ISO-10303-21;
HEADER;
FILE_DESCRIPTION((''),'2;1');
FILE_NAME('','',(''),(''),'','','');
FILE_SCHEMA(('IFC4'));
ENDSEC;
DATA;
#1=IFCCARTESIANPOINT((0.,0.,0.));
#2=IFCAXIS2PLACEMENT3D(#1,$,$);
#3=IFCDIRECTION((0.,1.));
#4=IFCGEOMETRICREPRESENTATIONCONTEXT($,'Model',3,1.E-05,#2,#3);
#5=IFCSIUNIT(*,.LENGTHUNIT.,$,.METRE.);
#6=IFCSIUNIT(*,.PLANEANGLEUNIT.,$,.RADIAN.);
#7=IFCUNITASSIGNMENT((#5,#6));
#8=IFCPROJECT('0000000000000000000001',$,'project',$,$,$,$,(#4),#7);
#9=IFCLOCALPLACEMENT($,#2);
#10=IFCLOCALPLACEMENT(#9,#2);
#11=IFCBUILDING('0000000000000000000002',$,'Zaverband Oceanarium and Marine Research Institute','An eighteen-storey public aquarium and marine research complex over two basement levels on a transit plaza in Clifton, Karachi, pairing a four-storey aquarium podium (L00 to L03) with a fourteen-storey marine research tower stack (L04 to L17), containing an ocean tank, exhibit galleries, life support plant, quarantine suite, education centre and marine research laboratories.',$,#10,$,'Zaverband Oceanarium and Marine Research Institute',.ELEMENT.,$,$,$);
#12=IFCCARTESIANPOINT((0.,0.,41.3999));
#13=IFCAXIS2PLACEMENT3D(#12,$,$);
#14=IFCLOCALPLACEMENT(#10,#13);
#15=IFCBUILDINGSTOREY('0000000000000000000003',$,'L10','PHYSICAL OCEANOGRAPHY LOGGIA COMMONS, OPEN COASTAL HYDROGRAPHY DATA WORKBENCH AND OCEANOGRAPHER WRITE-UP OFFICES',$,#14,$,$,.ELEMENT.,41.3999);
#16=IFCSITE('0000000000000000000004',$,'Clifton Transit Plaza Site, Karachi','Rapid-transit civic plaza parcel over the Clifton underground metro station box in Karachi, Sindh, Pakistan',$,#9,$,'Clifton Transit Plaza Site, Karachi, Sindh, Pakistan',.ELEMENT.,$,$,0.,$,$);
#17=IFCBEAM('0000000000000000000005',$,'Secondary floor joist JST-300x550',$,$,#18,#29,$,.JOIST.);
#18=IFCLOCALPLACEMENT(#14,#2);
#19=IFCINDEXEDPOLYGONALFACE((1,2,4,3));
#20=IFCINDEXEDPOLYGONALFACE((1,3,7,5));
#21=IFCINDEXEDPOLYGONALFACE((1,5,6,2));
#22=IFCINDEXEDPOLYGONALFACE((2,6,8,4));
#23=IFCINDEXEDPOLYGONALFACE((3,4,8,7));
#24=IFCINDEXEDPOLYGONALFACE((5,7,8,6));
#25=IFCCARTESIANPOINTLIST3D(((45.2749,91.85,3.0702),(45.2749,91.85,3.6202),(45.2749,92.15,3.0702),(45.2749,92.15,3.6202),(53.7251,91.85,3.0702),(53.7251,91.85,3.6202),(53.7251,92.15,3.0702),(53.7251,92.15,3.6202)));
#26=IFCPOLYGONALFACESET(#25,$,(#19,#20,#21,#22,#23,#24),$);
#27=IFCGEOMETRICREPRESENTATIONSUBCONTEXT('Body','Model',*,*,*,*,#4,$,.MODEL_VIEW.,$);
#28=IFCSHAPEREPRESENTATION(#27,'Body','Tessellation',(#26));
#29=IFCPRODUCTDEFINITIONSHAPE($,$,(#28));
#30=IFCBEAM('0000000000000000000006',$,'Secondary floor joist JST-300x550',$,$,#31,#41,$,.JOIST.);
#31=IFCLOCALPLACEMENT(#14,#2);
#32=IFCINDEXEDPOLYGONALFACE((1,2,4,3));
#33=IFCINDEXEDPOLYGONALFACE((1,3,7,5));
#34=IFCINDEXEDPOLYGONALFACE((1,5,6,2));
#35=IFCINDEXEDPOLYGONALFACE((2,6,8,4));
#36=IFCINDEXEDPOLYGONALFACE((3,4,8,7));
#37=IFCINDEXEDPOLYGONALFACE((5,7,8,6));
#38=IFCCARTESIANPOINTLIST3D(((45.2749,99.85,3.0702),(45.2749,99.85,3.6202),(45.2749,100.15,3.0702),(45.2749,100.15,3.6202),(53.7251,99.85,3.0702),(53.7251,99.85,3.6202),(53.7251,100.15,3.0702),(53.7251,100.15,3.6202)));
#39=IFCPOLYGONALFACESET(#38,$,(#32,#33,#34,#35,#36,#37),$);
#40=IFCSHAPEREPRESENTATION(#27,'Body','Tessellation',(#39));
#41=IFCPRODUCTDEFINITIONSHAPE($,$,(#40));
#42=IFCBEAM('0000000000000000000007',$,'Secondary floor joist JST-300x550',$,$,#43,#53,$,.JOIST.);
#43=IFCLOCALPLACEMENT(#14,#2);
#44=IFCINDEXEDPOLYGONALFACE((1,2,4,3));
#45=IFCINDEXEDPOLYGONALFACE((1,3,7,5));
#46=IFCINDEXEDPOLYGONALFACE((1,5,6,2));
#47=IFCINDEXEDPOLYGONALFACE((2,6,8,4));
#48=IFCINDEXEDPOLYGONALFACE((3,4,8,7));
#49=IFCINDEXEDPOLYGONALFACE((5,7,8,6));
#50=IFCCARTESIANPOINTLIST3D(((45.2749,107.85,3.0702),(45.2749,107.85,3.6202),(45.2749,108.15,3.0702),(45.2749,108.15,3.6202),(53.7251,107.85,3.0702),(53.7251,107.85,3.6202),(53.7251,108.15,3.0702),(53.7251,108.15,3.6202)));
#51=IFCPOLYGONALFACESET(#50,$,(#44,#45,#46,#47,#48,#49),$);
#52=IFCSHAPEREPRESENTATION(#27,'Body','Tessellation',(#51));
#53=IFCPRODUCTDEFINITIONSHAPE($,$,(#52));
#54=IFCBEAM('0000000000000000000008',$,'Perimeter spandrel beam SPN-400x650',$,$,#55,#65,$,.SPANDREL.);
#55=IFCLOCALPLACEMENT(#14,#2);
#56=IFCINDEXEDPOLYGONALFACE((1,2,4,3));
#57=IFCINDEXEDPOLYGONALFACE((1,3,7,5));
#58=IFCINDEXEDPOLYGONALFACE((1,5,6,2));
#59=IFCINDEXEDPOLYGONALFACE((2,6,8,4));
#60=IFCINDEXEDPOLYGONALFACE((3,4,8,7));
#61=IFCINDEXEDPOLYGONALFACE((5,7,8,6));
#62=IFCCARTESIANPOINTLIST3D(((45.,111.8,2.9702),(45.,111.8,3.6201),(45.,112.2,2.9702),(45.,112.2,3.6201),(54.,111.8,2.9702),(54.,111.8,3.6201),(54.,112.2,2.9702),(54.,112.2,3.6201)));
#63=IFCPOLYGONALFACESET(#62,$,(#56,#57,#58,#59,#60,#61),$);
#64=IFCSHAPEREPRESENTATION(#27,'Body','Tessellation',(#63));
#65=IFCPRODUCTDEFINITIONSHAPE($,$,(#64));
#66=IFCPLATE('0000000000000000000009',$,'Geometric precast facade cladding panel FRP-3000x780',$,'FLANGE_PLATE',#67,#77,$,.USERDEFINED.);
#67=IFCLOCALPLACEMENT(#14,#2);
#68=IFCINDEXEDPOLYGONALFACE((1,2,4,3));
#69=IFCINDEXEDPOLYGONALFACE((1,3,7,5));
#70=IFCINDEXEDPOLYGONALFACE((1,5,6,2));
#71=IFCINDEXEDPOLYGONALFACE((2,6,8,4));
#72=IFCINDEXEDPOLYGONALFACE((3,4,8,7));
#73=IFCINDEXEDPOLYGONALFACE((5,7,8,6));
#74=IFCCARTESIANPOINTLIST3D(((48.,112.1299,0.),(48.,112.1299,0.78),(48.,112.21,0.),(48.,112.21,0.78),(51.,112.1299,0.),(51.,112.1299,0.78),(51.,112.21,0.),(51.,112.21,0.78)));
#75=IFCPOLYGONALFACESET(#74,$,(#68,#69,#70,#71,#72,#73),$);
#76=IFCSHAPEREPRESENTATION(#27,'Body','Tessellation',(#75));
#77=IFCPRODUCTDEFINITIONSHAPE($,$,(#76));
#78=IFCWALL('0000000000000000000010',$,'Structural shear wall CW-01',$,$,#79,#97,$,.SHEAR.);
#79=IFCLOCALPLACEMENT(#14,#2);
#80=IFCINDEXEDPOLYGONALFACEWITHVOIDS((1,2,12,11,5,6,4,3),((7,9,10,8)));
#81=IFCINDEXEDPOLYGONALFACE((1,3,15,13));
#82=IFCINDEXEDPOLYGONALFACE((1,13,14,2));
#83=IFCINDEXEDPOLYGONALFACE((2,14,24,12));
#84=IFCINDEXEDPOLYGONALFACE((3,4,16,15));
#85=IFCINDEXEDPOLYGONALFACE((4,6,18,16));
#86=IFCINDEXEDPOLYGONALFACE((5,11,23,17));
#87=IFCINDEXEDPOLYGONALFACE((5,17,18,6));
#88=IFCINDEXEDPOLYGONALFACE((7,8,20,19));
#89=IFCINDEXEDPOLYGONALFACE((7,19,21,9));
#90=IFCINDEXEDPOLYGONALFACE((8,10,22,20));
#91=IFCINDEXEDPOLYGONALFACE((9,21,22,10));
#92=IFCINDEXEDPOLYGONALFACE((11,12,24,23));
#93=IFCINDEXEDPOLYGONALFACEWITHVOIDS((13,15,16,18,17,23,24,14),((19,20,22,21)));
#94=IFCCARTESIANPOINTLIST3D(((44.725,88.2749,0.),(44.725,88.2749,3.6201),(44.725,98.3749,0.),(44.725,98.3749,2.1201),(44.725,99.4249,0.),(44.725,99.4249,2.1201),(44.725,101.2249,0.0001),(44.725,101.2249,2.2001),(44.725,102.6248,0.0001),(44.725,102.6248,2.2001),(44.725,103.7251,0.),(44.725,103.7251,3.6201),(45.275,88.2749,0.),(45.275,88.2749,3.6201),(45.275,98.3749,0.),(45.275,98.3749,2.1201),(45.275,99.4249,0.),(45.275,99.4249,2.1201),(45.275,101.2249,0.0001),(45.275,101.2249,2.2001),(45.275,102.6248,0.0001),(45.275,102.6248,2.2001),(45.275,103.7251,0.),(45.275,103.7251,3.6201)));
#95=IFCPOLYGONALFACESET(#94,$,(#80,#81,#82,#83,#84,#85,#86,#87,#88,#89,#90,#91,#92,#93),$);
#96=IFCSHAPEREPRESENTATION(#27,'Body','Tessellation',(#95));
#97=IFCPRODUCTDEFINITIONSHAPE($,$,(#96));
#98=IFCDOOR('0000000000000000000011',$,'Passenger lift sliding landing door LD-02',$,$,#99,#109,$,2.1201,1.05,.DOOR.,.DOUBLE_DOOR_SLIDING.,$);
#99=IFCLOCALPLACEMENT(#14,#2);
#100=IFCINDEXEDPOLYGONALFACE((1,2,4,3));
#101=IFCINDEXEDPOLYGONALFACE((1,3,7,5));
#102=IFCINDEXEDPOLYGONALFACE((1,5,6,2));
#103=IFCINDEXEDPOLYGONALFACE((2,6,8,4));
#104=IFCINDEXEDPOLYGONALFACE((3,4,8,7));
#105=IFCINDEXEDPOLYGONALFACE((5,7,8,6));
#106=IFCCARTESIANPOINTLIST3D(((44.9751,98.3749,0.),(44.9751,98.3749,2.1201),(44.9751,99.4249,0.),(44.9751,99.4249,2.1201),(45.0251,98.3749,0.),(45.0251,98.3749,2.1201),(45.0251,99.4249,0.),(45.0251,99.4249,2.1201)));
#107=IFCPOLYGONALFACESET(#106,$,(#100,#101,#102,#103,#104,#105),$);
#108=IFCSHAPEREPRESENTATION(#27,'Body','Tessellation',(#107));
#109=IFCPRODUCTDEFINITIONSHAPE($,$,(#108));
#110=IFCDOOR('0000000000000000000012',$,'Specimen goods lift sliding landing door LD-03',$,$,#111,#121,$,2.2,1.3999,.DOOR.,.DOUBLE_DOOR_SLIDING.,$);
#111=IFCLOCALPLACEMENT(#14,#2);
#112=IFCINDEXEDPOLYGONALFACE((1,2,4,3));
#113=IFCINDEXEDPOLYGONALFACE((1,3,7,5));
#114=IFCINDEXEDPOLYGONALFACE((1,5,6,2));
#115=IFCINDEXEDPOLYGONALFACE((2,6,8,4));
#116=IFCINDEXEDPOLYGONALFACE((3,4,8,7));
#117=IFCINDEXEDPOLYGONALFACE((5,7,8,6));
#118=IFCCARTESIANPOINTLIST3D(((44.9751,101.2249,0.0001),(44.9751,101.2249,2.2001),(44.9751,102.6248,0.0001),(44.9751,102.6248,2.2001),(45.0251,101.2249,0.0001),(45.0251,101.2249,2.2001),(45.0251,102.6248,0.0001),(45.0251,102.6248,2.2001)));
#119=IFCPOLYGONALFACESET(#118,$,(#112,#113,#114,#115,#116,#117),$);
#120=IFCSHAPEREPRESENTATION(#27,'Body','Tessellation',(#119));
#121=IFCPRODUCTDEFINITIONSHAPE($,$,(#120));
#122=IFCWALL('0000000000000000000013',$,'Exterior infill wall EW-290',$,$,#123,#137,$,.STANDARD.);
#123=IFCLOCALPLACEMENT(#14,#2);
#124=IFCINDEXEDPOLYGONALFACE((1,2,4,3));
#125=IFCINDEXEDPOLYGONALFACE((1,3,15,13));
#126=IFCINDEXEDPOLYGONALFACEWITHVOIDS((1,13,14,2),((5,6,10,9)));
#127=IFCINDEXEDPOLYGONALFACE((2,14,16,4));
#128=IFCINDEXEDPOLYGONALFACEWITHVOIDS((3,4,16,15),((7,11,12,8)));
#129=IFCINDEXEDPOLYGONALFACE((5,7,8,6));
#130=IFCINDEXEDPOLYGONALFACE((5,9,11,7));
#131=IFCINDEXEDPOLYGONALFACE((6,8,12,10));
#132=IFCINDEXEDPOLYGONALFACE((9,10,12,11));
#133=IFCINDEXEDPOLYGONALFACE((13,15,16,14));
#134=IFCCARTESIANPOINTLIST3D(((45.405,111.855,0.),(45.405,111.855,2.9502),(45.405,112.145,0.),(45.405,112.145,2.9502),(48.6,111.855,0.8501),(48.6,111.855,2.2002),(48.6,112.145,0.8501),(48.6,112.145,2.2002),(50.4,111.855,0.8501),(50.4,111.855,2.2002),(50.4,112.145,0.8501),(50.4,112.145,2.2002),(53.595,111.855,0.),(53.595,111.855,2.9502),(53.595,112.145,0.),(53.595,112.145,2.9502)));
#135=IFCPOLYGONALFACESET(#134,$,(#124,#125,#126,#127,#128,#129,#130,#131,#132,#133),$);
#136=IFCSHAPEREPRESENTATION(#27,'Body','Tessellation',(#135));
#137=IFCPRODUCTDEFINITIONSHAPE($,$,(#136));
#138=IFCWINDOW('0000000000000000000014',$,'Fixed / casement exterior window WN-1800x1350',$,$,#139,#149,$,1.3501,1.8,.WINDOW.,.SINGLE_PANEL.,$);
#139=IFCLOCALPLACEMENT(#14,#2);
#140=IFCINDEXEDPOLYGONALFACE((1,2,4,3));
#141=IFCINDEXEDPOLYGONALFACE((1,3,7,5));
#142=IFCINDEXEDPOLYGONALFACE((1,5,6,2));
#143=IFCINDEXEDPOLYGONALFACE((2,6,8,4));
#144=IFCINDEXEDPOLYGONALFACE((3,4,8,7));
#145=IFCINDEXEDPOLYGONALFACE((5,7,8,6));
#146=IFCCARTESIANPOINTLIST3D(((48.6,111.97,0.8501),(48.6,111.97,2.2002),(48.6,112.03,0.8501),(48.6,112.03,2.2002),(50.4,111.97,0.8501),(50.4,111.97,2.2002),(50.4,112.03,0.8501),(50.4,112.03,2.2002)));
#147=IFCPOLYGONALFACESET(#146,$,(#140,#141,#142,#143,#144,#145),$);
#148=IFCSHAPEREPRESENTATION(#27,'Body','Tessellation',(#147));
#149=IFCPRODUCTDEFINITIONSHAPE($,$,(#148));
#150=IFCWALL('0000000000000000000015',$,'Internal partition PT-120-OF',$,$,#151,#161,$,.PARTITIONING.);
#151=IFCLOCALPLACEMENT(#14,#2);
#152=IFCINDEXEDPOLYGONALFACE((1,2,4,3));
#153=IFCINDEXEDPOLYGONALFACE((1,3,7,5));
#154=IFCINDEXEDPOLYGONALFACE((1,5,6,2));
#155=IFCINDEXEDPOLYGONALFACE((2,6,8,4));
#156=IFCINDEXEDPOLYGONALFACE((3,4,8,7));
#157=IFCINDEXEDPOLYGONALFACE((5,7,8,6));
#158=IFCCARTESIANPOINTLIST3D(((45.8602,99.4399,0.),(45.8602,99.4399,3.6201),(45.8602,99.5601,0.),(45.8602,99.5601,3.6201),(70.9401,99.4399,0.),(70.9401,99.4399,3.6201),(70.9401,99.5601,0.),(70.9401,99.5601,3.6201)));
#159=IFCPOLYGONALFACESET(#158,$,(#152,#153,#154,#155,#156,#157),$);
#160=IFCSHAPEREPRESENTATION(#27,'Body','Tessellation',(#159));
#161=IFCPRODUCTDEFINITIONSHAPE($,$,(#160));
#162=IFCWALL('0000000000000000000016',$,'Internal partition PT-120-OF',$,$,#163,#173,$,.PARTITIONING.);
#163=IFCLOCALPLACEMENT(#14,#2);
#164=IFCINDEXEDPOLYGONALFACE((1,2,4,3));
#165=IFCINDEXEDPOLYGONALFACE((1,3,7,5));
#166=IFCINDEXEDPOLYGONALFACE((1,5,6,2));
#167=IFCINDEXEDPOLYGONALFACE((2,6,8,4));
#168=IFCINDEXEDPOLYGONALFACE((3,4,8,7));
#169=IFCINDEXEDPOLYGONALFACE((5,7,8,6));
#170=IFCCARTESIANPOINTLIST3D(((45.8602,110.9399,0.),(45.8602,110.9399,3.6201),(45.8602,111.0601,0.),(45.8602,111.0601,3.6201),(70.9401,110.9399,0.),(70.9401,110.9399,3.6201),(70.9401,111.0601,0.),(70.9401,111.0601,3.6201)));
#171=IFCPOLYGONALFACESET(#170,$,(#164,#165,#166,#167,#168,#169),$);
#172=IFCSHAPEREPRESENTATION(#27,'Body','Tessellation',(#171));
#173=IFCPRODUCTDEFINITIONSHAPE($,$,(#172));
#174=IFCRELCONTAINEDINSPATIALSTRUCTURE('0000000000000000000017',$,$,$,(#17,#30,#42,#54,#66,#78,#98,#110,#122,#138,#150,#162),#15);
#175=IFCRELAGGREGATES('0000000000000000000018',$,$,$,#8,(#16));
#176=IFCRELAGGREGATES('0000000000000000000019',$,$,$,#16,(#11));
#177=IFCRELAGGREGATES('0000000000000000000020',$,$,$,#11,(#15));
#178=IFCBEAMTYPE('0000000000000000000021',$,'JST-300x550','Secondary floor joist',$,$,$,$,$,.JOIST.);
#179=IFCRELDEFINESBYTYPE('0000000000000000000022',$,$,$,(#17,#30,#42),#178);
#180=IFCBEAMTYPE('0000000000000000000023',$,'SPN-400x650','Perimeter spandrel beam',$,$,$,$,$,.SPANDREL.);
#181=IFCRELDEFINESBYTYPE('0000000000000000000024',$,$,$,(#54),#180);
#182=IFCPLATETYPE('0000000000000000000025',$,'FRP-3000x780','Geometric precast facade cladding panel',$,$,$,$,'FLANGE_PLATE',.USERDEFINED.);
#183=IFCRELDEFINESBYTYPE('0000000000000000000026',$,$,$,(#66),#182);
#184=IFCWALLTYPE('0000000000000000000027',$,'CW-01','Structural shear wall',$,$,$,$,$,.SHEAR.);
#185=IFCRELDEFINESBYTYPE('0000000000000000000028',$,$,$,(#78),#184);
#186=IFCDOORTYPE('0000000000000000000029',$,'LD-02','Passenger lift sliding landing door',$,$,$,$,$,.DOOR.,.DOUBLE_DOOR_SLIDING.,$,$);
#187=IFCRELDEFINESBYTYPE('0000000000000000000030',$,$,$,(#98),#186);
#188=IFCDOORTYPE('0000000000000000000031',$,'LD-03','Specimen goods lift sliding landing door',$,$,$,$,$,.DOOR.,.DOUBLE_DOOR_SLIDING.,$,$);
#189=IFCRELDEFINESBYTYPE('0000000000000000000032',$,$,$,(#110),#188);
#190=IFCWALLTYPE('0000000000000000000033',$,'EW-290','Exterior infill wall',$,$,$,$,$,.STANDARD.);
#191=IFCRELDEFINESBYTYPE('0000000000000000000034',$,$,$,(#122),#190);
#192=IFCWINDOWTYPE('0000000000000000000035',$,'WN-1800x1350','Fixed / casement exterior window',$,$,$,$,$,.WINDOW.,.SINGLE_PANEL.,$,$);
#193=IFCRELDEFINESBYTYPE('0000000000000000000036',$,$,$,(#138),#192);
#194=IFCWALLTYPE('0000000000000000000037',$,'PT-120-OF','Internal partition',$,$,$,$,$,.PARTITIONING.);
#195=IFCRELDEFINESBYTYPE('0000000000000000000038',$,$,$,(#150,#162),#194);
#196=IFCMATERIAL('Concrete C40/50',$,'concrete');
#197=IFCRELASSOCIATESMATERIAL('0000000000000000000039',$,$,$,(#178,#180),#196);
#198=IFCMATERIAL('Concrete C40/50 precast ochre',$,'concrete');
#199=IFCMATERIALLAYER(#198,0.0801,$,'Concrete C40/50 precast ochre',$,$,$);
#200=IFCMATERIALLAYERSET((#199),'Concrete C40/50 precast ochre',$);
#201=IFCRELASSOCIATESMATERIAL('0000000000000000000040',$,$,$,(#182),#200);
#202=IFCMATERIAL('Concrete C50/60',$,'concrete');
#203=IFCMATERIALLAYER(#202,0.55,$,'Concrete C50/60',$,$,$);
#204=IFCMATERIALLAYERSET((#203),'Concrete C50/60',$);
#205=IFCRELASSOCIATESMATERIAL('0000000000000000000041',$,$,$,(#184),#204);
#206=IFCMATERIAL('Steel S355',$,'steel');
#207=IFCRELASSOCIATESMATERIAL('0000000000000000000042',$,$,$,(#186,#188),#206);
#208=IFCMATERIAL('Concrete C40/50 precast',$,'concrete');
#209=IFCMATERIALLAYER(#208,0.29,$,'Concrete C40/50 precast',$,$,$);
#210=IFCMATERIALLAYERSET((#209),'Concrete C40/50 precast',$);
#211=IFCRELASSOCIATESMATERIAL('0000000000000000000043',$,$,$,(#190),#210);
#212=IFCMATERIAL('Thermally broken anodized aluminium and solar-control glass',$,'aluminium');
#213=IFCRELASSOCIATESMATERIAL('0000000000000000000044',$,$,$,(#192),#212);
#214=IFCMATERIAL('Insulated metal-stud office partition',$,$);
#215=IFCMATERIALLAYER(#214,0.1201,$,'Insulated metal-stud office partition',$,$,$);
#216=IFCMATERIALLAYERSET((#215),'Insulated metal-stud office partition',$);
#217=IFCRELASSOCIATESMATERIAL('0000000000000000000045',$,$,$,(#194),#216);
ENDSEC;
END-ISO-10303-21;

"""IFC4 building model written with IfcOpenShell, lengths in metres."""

from ifc_helpers import new_model, si_unit, direction, frame, frame_2d, origin, origin_2d, place, context, subcontext, project, spatial, rectangle, extrude, material, layer, layer_set, material_profile, profile_set, type_object, element, fill, save


model = new_model("IFC4")

# Units and contexts
model_context = context("Model", 3, precision=1e-05, world=origin(), true_north=direction((0.0, 1.0)))
body_context = subcontext(model_context, "Body", "Model", "MODEL_VIEW")
ifc_project = project(units=[si_unit("LENGTHUNIT", "METRE"), si_unit("PLANEANGLEUNIT", "RADIAN")], contexts=[model_context])

# Site, building, storey
site_placement = place(None, origin())
site = spatial("IfcSite", under=ifc_project, at=site_placement, Name="Clifton Transit Plaza Site, Karachi", Description="Rapid-transit civic plaza parcel over the Clifton underground metro station box in Karachi, Sindh, Pakistan", LongName="Clifton Transit Plaza Site, Karachi, Sindh, Pakistan", CompositionType="ELEMENT", RefElevation=0.0)
building_placement = place(site_placement, origin())
building = spatial("IfcBuilding", under=site, at=building_placement, Name="Zaverband Oceanarium and Marine Research Institute", Description="An eighteen-storey public aquarium and marine research complex over two basement levels on a transit plaza in Clifton, Karachi, pairing a four-storey aquarium podium (L00 to L03) with a fourteen-storey marine research tower stack (L04 to L17), containing an ocean tank, exhibit galleries, life support plant, quarantine suite, education centre and marine research laboratories.", LongName="Zaverband Oceanarium and Marine Research Institute", CompositionType="ELEMENT")
storey_placement = place(building_placement, frame((0.0, 0.0, 41.3999)))
storey = spatial("IfcBuildingStorey", under=building, at=storey_placement, Name="L10", Description="PHYSICAL OCEANOGRAPHY LOGGIA COMMONS, OPEN COASTAL HYDROGRAPHY DATA WORKBENCH AND OCEANOGRAPHER WRITE-UP OFFICES", CompositionType="ELEMENT", Elevation=41.3999)

# Shared definitions
ifc_material_1 = material(Name="Concrete C50/60", Category="concrete")

# Shared definitions
ifc_material_2 = material(Name="Concrete C40/50", Category="concrete")

# Shared definitions
ifc_material_3 = material(Name="Steel S355", Category="steel")

# Beams
ifc_material_profile_1 = material_profile(ifc_material_2, rectangle(XDim=0.3, YDim=0.55, at=origin_2d()), Name="RC300x550")
ifc_profile_set_1 = profile_set([ifc_material_profile_1], Name="Concrete C40/50")
beam_type_1 = type_object("IfcBeamType", Name="JST-300x550", Description="Secondary floor joist", PredefinedType="JOIST", material=ifc_profile_set_1)
for number, where, z_axis, x_axis, name in (
    (1, (45.2749, 92.0, 3.3452), (1.0, 0.0, 0.0), (0.0, 1.0, 0.0), "Secondary floor joist JST-300x550"),
    (2, (45.2749, 100.0, 3.3452), (1.0, 0.0, 0.0), (0.0, 1.0, 0.0), "Secondary floor joist JST-300x550"),
    (3, (45.2749, 108.0, 3.3452), (1.0, 0.0, 0.0), (0.0, 1.0, 0.0), "Secondary floor joist JST-300x550"),
):
    element("IfcBeam", number, at=place(storey_placement, frame(where, z_axis=z_axis, x_axis=x_axis)), inside=storey, type_object=beam_type_1, Name=name, PredefinedType="JOIST", context=body_context, shape_type="SweptSolid", body=[
        extrude(rectangle(XDim=0.3, YDim=0.55, at=origin_2d()), origin(), (0.0, 0.0, 1.0), 8.4502),
    ])
ifc_material_profile_2 = material_profile(ifc_material_2, rectangle(XDim=0.3999, YDim=0.6499, at=origin_2d()), Name="RC400x650")
ifc_profile_set_2 = profile_set([ifc_material_profile_2], Name="Concrete C40/50")
beam_type_2 = type_object("IfcBeamType", Name="SPN-400x650", Description="Perimeter spandrel beam", PredefinedType="SPANDREL", material=ifc_profile_set_2)
beam_placement = place(storey_placement, frame((45.0, 112.0, 3.2952), z_axis=(1.0, 0.0, 0.0), x_axis=(0.0, 1.0, 0.0)))
element("IfcBeam", 4, at=beam_placement, inside=storey, type_object=beam_type_2, Name="Perimeter spandrel beam SPN-400x650", PredefinedType="SPANDREL", context=body_context, shape_type="SweptSolid", body=[
    extrude(rectangle(XDim=0.3999, YDim=0.6499, at=origin_2d()), origin(), (0.0, 0.0, 1.0), 9.0),
])

# Plate
ifc_material_4 = material(Name="Concrete C40/50 precast ochre", Category="concrete")
ifc_layer_1 = layer(ifc_material_4, 0.0801, Name="Concrete C40/50 precast ochre")
ifc_layer_set_1 = layer_set([ifc_layer_1], Name="Concrete C40/50 precast ochre")
plate_type = type_object("IfcPlateType", Name="FRP-3000x780", Description="Geometric precast facade cladding panel", ElementType="FLANGE_PLATE", PredefinedType="USERDEFINED", material=ifc_layer_set_1)
plate_placement = place(storey_placement, frame((48.0, 112.1699, 0.0), z_axis=(0.0, 0.0, 1.0), x_axis=(1.0, 0.0, 0.0)))
element("IfcPlate", 5, at=plate_placement, inside=storey, type_object=plate_type, Name="Geometric precast facade cladding panel FRP-3000x780", ObjectType="FLANGE_PLATE", PredefinedType="USERDEFINED", context=body_context, shape_type="SweptSolid", body=[
    extrude(rectangle(XDim=3.0, YDim=0.0801, at=frame_2d((1.5, 0.0))), origin(), (0.0, 0.0, 1.0), 0.78),
])

# Wall, openings, doors
ifc_layer_2 = layer(ifc_material_1, 0.55, Name="Concrete C50/60")
ifc_layer_set_2 = layer_set([ifc_layer_2], Name="Concrete C50/60")
wall_type_1 = type_object("IfcWallType", Name="CW-01", Description="Structural shear wall", PredefinedType="SHEAR", material=ifc_layer_set_2)
wall_1_placement = place(storey_placement, frame((45.0, 88.2749, 0.0), z_axis=(0.0, 0.0, 1.0), x_axis=(0.0, 1.0, 0.0)))
wall_1 = element("IfcWall", 6, at=wall_1_placement, inside=storey, type_object=wall_type_1, Name="Structural shear wall CW-01", PredefinedType="SHEAR", context=body_context, shape_type="SweptSolid", body=[
    extrude(rectangle(XDim=15.4502, YDim=0.55, at=frame_2d((7.7251, 0.0))), origin(), (0.0, 0.0, 1.0), 3.6201),
])
opening_1_placement = place(wall_1_placement, frame((10.1001, 0.0, 0.0)))
opening_1 = element("IfcOpeningElement", 7, at=opening_1_placement, cuts=wall_1, PredefinedType="OPENING", context=body_context, shape_type="SweptSolid", body=[
    extrude(rectangle(XDim=1.05, YDim=2.1201, at=frame_2d((0.5249, 1.0601))), frame((0.0, 0.2871, 0.0), z_axis=(0.0, -1.0, 0.0), x_axis=(1.0, 0.0, 0.0)), (0.0, 0.0, 1.0), 0.574),
])
opening_2_placement = place(wall_1_placement, frame((12.95, 0.0, 0.0)))
opening_2 = element("IfcOpeningElement", 8, at=opening_2_placement, cuts=wall_1, PredefinedType="OPENING", context=body_context, shape_type="SweptSolid", body=[
    extrude(rectangle(XDim=1.3999, YDim=2.2, at=frame_2d((0.7, 1.1001))), frame((0.0, 0.2871, 0.0), z_axis=(0.0, -1.0, 0.0), x_axis=(1.0, 0.0, 0.0)), (0.0, 0.0, 1.0), 0.574),
])
door_type_1 = type_object("IfcDoorType", Name="LD-02", Description="Passenger lift sliding landing door", OperationType="DOUBLE_DOOR_SLIDING", PredefinedType="DOOR", material=ifc_material_3)
door_1_placement = place(opening_1_placement, origin())
door_1 = element("IfcDoor", 9, at=door_1_placement, inside=storey, type_object=door_type_1, Name="Passenger lift sliding landing door LD-02", OperationType="DOUBLE_DOOR_SLIDING", OverallHeight=2.1201, OverallWidth=1.05, PredefinedType="DOOR", context=body_context, shape_type="SweptSolid", body=[
    extrude(rectangle(XDim=1.05, YDim=2.1201, at=frame_2d((0.5249, 1.0601))), frame((0.0, 0.0249, 0.0), z_axis=(0.0, -1.0, 0.0), x_axis=(1.0, 0.0, 0.0)), (0.0, 0.0, 1.0), 0.05),
])
fill(opening_1, door_1)
door_type_2 = type_object("IfcDoorType", Name="LD-03", Description="Specimen goods lift sliding landing door", OperationType="DOUBLE_DOOR_SLIDING", PredefinedType="DOOR", material=ifc_material_3)
door_2_placement = place(opening_2_placement, origin())
door_2 = element("IfcDoor", 10, at=door_2_placement, inside=storey, type_object=door_type_2, Name="Specimen goods lift sliding landing door LD-03", OperationType="DOUBLE_DOOR_SLIDING", OverallHeight=2.2, OverallWidth=1.3999, PredefinedType="DOOR", context=body_context, shape_type="SweptSolid", body=[
    extrude(rectangle(XDim=1.3999, YDim=2.2, at=frame_2d((0.7, 1.1001))), frame((0.0, 0.0249, 0.0), z_axis=(0.0, -1.0, 0.0), x_axis=(1.0, 0.0, 0.0)), (0.0, 0.0, 1.0), 0.05),
])
fill(opening_2, door_2)

# Wall, opening, window
ifc_material_5 = material(Name="Concrete C40/50 precast", Category="concrete")
ifc_layer_3 = layer(ifc_material_5, 0.29, Name="Concrete C40/50 precast")
ifc_layer_set_3 = layer_set([ifc_layer_3], Name="Concrete C40/50 precast")
wall_type_2 = type_object("IfcWallType", Name="EW-290", Description="Exterior infill wall", PredefinedType="STANDARD", material=ifc_layer_set_3)
wall_2_placement = place(storey_placement, frame((45.405, 112.0, 0.0), z_axis=(0.0, 0.0, 1.0), x_axis=(1.0, 0.0, 0.0)))
wall_2 = element("IfcWall", 11, at=wall_2_placement, inside=storey, type_object=wall_type_2, Name="Exterior infill wall EW-290", PredefinedType="STANDARD", context=body_context, shape_type="SweptSolid", body=[
    extrude(rectangle(XDim=8.1899, YDim=0.29, at=frame_2d((4.095, 0.0))), origin(), (0.0, 0.0, 1.0), 2.9502),
])
opening_3_placement = place(wall_2_placement, frame((3.1951, 0.0, 0.8501)))
opening_3 = element("IfcOpeningElement", 12, at=opening_3_placement, cuts=wall_2, PredefinedType="OPENING", context=body_context, shape_type="SweptSolid", body=[
    extrude(rectangle(XDim=1.8, YDim=1.3501, at=frame_2d((0.8999, 0.675))), frame((0.0, 0.157, 0.0), z_axis=(0.0, -1.0, 0.0), x_axis=(1.0, 0.0, 0.0)), (0.0, 0.0, 1.0), 0.314),
])
ifc_material_6 = material(Name="Thermally broken anodized aluminium and solar-control glass", Category="aluminium")
window_type = type_object("IfcWindowType", Name="WN-1800x1350", Description="Fixed / casement exterior window", PartitioningType="SINGLE_PANEL", PredefinedType="WINDOW", material=ifc_material_6)
window_placement = place(opening_3_placement, origin())
window = element("IfcWindow", 13, at=window_placement, inside=storey, type_object=window_type, Name="Fixed / casement exterior window WN-1800x1350", OverallHeight=1.3501, OverallWidth=1.8, PartitioningType="SINGLE_PANEL", PredefinedType="WINDOW", context=body_context, shape_type="SweptSolid", body=[
    extrude(rectangle(XDim=1.8, YDim=1.3501, at=frame_2d((0.8999, 0.675))), frame((0.0, 0.03, 0.0), z_axis=(0.0, -1.0, 0.0), x_axis=(1.0, 0.0, 0.0)), (0.0, 0.0, 1.0), 0.0601),
])
fill(opening_3, window)

# Walls
ifc_material_7 = material(Name="Insulated metal-stud office partition")
ifc_layer_4 = layer(ifc_material_7, 0.1201, Name="Insulated metal-stud office partition")
ifc_layer_set_4 = layer_set([ifc_layer_4], Name="Insulated metal-stud office partition")
wall_type_3 = type_object("IfcWallType", Name="PT-120-OF", Description="Internal partition", PredefinedType="PARTITIONING", material=ifc_layer_set_4)
for number, where, z_axis, x_axis, name in (
    (14, (45.8601, 99.5, 0.0), (0.0, 0.0, 1.0), (1.0, 0.0, 0.0), "Internal partition PT-120-OF"),
    (15, (45.8601, 111.0, 0.0), (0.0, 0.0, 1.0), (1.0, 0.0, 0.0), "Internal partition PT-120-OF"),
):
    element("IfcWall", number, at=place(storey_placement, frame(where, z_axis=z_axis, x_axis=x_axis)), inside=storey, type_object=wall_type_3, Name=name, PredefinedType="PARTITIONING", context=body_context, shape_type="SweptSolid", body=[
        extrude(rectangle(XDim=25.0798, YDim=0.1201, at=frame_2d((12.54, 0.0))), origin(), (0.0, 0.0, 1.0), 3.6201),
    ])

save(model, "model.ifc")
